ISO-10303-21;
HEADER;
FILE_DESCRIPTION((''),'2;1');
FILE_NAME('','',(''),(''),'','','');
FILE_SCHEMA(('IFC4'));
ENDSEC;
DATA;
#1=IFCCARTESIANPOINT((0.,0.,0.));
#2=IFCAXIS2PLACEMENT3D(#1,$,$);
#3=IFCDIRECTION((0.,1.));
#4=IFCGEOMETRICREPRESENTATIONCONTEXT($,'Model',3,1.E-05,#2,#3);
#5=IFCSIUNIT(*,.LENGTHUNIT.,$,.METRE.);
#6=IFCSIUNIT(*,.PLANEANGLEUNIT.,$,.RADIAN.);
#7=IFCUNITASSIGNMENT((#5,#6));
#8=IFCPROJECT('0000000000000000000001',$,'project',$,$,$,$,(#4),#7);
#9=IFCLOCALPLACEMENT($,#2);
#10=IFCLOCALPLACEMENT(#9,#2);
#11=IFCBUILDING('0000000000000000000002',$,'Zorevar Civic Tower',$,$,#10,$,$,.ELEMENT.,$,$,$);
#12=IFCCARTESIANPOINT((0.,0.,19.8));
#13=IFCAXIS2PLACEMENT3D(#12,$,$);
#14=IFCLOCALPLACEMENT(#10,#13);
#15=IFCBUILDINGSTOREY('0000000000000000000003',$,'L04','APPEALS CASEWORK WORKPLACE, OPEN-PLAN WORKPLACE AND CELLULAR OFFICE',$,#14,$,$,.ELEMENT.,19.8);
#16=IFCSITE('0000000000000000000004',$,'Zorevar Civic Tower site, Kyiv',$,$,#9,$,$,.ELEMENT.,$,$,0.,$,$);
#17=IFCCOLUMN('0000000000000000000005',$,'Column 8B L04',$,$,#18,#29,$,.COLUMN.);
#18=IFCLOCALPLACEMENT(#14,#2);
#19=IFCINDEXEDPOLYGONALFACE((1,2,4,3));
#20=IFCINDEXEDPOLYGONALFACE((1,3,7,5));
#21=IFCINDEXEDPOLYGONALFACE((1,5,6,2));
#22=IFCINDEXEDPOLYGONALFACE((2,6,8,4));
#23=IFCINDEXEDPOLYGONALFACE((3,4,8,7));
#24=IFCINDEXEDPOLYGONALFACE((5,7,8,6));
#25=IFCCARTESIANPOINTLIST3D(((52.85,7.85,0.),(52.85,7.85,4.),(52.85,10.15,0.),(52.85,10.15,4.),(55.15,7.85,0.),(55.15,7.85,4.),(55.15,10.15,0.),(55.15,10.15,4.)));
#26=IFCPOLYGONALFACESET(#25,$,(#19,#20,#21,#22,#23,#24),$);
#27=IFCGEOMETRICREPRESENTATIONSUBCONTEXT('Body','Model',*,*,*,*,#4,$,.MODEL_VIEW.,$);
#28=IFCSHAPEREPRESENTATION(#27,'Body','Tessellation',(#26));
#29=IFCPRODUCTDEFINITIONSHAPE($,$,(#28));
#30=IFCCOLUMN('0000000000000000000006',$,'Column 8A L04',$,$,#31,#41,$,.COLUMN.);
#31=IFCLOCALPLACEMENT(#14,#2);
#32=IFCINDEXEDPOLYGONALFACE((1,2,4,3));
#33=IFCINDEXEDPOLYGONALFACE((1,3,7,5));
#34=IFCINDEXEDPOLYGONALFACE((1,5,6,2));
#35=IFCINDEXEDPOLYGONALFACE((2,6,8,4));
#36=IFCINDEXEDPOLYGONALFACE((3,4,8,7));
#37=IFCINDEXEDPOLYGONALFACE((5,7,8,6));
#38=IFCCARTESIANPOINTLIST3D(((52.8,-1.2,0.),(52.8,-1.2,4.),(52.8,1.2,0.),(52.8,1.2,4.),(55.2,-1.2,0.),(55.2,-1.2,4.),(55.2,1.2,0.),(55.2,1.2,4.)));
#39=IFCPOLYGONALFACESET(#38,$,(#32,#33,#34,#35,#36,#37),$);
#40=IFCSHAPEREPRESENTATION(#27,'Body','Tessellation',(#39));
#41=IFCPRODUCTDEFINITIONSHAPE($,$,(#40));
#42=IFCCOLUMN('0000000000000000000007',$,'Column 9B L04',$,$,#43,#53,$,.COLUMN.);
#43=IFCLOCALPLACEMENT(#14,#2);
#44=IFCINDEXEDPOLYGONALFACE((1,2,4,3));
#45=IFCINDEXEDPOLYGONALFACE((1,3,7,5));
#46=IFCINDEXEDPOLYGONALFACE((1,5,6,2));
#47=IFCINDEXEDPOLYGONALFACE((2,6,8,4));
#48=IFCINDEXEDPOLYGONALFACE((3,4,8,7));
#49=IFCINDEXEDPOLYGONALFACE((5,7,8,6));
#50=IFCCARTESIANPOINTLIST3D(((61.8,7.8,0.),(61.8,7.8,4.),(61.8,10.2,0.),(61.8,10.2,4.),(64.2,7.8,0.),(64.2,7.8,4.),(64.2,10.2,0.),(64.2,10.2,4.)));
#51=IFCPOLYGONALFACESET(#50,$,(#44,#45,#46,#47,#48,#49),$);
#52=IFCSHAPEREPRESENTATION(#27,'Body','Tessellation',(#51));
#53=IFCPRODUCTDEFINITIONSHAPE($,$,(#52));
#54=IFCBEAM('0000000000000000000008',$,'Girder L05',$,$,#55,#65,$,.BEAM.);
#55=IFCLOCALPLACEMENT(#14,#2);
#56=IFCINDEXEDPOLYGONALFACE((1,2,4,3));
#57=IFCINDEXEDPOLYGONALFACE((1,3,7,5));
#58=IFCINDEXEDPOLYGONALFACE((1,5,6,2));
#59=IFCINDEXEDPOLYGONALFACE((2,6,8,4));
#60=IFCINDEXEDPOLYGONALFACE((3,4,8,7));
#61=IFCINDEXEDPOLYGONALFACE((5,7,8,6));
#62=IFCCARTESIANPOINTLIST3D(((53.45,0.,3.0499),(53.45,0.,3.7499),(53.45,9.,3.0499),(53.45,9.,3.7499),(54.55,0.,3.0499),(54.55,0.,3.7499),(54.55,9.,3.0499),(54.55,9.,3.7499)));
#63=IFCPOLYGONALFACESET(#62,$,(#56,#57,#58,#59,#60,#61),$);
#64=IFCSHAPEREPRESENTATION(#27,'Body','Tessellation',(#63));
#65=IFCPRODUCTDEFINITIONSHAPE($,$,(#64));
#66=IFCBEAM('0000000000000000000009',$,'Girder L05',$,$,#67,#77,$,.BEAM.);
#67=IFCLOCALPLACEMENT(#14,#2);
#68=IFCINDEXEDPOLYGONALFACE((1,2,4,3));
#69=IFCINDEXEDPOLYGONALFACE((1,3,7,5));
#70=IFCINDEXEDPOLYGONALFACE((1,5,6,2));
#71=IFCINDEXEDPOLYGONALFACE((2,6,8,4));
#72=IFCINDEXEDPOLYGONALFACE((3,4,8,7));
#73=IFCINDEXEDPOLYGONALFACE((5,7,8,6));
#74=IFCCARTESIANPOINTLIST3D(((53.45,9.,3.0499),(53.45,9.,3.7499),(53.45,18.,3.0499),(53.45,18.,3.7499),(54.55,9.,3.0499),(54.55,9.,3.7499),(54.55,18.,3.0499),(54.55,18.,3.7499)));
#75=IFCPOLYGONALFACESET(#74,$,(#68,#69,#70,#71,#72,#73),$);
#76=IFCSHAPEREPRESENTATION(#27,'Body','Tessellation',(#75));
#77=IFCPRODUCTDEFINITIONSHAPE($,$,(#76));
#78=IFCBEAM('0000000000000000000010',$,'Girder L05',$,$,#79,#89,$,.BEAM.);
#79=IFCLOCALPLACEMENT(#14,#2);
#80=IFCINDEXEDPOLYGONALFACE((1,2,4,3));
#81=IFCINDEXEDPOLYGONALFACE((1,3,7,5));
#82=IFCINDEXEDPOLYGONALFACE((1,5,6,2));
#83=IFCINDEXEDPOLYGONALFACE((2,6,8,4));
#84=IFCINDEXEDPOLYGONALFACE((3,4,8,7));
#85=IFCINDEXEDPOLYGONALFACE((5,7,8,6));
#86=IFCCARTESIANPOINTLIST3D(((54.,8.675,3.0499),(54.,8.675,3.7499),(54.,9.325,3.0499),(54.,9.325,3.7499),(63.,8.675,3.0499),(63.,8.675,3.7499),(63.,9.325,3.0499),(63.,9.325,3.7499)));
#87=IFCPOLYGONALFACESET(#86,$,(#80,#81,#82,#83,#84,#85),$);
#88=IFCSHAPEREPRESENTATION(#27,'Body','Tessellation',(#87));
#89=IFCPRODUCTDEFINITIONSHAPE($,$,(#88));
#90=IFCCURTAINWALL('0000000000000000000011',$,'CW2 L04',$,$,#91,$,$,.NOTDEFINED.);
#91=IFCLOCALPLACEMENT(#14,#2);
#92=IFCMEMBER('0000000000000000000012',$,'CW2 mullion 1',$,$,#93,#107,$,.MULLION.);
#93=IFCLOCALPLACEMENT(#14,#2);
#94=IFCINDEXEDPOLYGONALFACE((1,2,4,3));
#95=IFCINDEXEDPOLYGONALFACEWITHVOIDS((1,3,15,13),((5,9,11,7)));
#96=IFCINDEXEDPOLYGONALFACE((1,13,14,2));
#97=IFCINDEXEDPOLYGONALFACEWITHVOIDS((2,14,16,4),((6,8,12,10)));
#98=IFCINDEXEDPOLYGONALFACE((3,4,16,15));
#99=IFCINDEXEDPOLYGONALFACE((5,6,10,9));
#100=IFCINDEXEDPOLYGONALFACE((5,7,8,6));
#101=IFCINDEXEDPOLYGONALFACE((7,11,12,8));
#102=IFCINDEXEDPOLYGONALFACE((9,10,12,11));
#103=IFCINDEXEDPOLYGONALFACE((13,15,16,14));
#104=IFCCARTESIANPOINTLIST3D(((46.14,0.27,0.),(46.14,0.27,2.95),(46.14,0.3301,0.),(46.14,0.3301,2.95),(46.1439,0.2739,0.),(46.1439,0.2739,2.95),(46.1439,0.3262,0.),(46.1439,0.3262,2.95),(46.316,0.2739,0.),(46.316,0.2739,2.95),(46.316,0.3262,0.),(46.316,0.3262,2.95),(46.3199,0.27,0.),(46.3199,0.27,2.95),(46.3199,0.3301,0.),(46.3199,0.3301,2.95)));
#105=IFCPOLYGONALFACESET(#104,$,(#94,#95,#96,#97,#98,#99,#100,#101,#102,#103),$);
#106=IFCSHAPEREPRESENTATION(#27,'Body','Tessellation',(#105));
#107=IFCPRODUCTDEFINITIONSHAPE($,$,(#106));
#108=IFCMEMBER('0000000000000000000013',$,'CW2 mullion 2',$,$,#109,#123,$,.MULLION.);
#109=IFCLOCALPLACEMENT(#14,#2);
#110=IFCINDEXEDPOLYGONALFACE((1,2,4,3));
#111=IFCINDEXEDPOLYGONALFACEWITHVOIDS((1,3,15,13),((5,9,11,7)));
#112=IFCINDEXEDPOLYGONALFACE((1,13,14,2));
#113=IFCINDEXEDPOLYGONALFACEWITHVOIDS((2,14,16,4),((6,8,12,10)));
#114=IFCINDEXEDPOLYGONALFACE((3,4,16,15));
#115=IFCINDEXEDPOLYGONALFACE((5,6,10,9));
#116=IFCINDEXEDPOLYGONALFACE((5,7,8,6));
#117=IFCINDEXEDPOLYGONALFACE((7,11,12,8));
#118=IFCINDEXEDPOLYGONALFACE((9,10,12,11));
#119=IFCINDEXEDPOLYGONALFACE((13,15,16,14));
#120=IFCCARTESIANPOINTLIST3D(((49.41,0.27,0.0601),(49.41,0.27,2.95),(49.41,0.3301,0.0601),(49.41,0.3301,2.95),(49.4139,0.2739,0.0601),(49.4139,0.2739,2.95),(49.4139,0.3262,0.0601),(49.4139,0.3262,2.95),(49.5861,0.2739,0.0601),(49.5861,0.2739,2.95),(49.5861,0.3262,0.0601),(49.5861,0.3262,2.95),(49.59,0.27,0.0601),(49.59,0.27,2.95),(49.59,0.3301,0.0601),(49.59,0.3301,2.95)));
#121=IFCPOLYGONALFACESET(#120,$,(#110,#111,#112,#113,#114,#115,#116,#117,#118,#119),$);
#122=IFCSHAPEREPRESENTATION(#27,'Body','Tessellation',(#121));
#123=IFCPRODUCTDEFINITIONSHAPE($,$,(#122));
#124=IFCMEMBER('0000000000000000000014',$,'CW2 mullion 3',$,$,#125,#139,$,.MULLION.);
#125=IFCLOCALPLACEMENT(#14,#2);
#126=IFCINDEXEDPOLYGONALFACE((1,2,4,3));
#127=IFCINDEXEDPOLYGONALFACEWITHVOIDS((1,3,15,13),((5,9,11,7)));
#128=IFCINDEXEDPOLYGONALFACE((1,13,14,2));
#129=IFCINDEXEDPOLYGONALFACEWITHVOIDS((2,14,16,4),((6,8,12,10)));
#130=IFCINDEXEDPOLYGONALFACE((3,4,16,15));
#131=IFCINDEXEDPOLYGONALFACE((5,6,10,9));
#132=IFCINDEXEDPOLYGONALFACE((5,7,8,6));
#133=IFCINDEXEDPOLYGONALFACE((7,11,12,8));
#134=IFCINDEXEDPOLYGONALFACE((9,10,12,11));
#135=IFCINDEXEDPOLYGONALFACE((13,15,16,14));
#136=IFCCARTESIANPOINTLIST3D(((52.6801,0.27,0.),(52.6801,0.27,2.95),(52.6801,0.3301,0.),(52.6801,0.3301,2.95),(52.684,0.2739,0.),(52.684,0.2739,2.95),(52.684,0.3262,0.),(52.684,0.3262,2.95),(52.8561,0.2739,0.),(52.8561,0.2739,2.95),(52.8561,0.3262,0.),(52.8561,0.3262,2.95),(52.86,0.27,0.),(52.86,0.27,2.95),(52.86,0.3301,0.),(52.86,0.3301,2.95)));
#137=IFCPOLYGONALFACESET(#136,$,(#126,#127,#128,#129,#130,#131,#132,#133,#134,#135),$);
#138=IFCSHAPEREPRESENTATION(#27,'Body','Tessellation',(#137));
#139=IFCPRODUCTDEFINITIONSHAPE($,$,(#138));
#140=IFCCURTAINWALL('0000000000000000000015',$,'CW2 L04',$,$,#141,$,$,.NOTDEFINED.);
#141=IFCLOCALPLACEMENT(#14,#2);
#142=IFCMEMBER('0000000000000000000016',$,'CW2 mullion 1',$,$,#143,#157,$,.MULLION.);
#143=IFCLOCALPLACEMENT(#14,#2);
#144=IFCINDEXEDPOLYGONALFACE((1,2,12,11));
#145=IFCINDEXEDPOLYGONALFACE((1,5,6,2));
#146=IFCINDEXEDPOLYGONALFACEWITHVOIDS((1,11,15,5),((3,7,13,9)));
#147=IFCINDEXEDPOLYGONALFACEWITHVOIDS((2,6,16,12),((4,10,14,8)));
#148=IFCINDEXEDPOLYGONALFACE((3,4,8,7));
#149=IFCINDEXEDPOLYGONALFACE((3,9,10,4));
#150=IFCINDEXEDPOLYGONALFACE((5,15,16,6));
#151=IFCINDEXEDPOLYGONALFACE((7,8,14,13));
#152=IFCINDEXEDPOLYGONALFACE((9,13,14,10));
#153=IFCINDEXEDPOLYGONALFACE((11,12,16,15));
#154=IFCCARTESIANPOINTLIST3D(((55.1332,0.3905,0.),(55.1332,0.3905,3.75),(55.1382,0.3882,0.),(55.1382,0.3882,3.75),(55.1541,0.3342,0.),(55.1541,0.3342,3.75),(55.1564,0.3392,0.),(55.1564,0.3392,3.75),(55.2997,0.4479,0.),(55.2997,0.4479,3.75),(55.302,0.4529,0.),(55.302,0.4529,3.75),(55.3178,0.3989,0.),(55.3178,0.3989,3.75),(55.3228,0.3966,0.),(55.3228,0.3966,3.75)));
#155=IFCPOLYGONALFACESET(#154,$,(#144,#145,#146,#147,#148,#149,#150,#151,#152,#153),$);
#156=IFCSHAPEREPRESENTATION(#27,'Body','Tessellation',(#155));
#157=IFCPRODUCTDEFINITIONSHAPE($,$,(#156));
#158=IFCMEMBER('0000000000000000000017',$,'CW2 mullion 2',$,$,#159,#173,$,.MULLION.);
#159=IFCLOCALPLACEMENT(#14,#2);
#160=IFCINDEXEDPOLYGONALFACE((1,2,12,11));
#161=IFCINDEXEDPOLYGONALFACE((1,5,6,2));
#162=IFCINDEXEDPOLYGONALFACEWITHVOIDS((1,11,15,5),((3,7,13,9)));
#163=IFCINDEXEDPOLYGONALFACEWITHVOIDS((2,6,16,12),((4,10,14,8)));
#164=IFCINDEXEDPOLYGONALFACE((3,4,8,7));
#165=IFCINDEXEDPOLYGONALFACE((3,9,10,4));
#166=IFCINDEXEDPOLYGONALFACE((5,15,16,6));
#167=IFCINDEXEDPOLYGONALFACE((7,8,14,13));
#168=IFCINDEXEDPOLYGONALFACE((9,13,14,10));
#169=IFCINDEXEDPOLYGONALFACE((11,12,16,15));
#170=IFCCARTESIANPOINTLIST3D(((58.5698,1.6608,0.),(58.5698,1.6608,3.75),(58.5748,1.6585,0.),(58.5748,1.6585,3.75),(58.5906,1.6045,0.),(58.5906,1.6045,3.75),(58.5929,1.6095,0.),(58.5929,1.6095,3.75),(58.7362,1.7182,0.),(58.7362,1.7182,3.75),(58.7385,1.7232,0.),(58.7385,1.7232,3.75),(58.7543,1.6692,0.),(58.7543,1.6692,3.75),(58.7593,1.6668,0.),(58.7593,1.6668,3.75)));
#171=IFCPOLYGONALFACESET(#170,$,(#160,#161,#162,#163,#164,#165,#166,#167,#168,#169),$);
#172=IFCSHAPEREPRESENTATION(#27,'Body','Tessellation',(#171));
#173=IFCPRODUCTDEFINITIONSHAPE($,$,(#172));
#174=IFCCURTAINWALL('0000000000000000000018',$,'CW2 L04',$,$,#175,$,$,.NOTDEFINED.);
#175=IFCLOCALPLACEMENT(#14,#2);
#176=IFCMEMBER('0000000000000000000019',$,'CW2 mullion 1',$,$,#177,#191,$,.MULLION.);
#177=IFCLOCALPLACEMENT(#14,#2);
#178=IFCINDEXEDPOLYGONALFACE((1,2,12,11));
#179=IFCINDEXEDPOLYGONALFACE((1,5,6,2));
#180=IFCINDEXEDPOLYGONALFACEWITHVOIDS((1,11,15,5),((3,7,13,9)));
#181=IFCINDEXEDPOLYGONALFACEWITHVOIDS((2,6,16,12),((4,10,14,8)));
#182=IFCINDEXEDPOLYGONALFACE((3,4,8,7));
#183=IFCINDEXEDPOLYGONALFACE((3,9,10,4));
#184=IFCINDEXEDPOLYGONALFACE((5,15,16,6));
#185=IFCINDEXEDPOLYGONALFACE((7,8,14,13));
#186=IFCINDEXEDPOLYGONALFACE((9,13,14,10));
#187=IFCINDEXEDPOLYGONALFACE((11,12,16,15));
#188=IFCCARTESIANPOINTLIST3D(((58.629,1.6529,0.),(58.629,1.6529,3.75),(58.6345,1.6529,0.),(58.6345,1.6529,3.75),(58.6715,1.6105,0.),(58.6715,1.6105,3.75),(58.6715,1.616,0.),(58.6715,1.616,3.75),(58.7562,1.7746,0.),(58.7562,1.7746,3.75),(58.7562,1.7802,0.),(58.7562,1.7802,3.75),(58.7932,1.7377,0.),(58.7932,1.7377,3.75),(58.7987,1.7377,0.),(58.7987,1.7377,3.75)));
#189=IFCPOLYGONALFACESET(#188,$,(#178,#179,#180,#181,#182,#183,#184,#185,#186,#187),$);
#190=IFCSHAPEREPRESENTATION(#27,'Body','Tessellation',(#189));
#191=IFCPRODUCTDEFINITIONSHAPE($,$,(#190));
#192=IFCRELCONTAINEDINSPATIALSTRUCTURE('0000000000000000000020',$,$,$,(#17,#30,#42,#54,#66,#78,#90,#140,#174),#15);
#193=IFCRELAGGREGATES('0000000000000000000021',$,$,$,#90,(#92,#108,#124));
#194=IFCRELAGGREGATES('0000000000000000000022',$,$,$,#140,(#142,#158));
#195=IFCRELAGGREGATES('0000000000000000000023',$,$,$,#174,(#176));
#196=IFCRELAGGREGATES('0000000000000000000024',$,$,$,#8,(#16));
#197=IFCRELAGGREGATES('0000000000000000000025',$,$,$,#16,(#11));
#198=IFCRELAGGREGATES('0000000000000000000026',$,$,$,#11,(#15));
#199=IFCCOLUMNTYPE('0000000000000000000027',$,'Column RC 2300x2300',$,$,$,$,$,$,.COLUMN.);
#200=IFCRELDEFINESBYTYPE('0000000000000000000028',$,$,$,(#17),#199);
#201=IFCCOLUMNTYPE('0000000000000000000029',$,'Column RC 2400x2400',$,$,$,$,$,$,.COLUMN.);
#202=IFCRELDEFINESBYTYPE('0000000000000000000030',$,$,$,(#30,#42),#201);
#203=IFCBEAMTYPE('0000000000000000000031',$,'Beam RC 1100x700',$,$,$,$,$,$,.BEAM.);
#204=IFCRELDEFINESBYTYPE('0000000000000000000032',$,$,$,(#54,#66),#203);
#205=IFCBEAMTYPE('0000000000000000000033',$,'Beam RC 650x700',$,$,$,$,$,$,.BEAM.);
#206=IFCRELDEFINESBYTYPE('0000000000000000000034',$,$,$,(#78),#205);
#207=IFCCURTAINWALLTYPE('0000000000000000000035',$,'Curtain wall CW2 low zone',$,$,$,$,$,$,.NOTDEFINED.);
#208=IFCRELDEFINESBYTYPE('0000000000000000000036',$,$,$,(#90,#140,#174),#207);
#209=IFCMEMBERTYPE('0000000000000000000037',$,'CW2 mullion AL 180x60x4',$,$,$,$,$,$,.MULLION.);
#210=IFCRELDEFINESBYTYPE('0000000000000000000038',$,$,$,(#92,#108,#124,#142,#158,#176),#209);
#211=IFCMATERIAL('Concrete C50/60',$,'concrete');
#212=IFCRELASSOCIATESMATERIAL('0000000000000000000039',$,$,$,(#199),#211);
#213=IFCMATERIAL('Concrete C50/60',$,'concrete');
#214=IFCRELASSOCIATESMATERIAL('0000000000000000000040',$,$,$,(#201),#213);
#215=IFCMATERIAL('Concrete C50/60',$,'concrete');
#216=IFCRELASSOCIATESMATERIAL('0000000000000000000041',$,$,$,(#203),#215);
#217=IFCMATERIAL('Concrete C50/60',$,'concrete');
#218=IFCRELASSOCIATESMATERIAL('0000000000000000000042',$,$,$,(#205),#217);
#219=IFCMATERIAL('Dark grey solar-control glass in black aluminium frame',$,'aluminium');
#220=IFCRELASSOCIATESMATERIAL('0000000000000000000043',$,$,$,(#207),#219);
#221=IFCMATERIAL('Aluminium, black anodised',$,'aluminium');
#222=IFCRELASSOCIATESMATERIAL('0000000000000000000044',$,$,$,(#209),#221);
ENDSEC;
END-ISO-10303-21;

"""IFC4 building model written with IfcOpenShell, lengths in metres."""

from ifc_helpers import new_model, si_unit, direction, frame, origin, origin_2d, place, context, subcontext, project, spatial, rectangle, hollow_rectangle, extrude, material, material_profile, profile_set, type_object, element, aggregate, save


model = new_model("IFC4")

# Units and contexts
model_context = context("Model", 3, precision=1e-05, world=origin(), true_north=direction((0.0, 1.0)))
body_context = subcontext(model_context, "Body", "Model", "MODEL_VIEW")
ifc_project = project(units=[si_unit("LENGTHUNIT", "METRE"), si_unit("PLANEANGLEUNIT", "RADIAN")], contexts=[model_context])

# Site, building, storey
site_placement = place(None, origin())
site = spatial("IfcSite", under=ifc_project, at=site_placement, Name="Zorevar Civic Tower site, Kyiv", CompositionType="ELEMENT", RefElevation=0.0)
building_placement = place(site_placement, origin())
building = spatial("IfcBuilding", under=site, at=building_placement, Name="Zorevar Civic Tower", CompositionType="ELEMENT")
storey_placement = place(building_placement, frame((0.0, 0.0, 19.8)))
storey = spatial("IfcBuildingStorey", under=building, at=storey_placement, Name="L04", Description="APPEALS CASEWORK WORKPLACE, OPEN-PLAN WORKPLACE AND CELLULAR OFFICE", CompositionType="ELEMENT", Elevation=19.8)

# Columns
ifc_material_1 = material(Name="Concrete C50/60", Category="concrete")
ifc_material_profile_1 = material_profile(ifc_material_1, rectangle(XDim=2.3, YDim=2.3, at=origin_2d()), Name="RC 2300x2300")
ifc_profile_set_1 = profile_set([ifc_material_profile_1], Name="Concrete C50/60")
column_type_1 = type_object("IfcColumnType", Name="Column RC 2300x2300", PredefinedType="COLUMN", material=ifc_profile_set_1)
column_placement = place(storey_placement, frame((54.0, 9.0, 0.0), z_axis=(0.0, 0.0, 1.0), x_axis=(1.0, 0.0, 0.0)))
element("IfcColumn", 1, at=column_placement, inside=storey, type_object=column_type_1, Name="Column 8B L04", PredefinedType="COLUMN", context=body_context, shape_type="SweptSolid", body=[
    extrude(rectangle(XDim=2.3, YDim=2.3, at=origin_2d()), origin(), (0.0, 0.0, 1.0), 4.0),
])
ifc_material_2 = material(Name="Concrete C50/60", Category="concrete")
ifc_material_profile_2 = material_profile(ifc_material_2, rectangle(XDim=2.3999, YDim=2.3999, at=origin_2d()), Name="RC 2400x2400")
ifc_profile_set_2 = profile_set([ifc_material_profile_2], Name="Concrete C50/60")
column_type_2 = type_object("IfcColumnType", Name="Column RC 2400x2400", PredefinedType="COLUMN", material=ifc_profile_set_2)
for number, where, z_axis, x_axis, name in (
    (2, (54.0, 0.0, 0.0), (0.0, 0.0, 1.0), (1.0, 0.0, 0.0), "Column 8A L04"),
    (3, (63.0, 9.0, 0.0), (0.0, 0.0, 1.0), (1.0, 0.0, 0.0), "Column 9B L04"),
):
    element("IfcColumn", number, at=place(storey_placement, frame(where, z_axis=z_axis, x_axis=x_axis)), inside=storey, type_object=column_type_2, Name=name, PredefinedType="COLUMN", context=body_context, shape_type="SweptSolid", body=[
        extrude(rectangle(XDim=2.3999, YDim=2.3999, at=origin_2d()), origin(), (0.0, 0.0, 1.0), 4.0),
    ])

# Beams
ifc_material_3 = material(Name="Concrete C50/60", Category="concrete")
ifc_material_profile_3 = material_profile(ifc_material_3, rectangle(XDim=1.1001, YDim=0.7, at=origin_2d()), Name="RC 1100x700")
ifc_profile_set_3 = profile_set([ifc_material_profile_3], Name="Concrete C50/60")
beam_type_1 = type_object("IfcBeamType", Name="Beam RC 1100x700", PredefinedType="BEAM", material=ifc_profile_set_3)
for number, where, z_axis, x_axis, name in (
    (4, (54.0, 0.0, 3.3999), (0.0, 1.0, 0.0), (-1.0, 0.0, 0.0), "Girder L05"),
    (5, (54.0, 9.0, 3.3999), (0.0, 1.0, 0.0), (-1.0, 0.0, 0.0), "Girder L05"),
):
    element("IfcBeam", number, at=place(storey_placement, frame(where, z_axis=z_axis, x_axis=x_axis)), inside=storey, type_object=beam_type_1, Name=name, PredefinedType="BEAM", context=body_context, shape_type="SweptSolid", body=[
        extrude(rectangle(XDim=1.1001, YDim=0.7, at=origin_2d()), origin(), (0.0, 0.0, 1.0), 9.0),
    ])
ifc_material_4 = material(Name="Concrete C50/60", Category="concrete")
ifc_material_profile_4 = material_profile(ifc_material_4, rectangle(XDim=0.6499, YDim=0.7, at=origin_2d()), Name="RC 650x700")
ifc_profile_set_4 = profile_set([ifc_material_profile_4], Name="Concrete C50/60")
beam_type_2 = type_object("IfcBeamType", Name="Beam RC 650x700", PredefinedType="BEAM", material=ifc_profile_set_4)
beam_1_placement = place(storey_placement, frame((54.0, 9.0, 3.3999), z_axis=(1.0, 0.0, 0.0), x_axis=(0.0, 1.0, 0.0)))
element("IfcBeam", 6, at=beam_1_placement, inside=storey, type_object=beam_type_2, Name="Girder L05", PredefinedType="BEAM", context=body_context, shape_type="SweptSolid", body=[
    extrude(rectangle(XDim=0.6499, YDim=0.7, at=origin_2d()), origin(), (0.0, 0.0, 1.0), 9.0),
])

# Curtain walls, members
ifc_material_5 = material(Name="Dark grey solar-control glass in black aluminium frame", Category="aluminium")
curtain_wall_type = type_object("IfcCurtainWallType", Name="Curtain wall CW2 low zone", PredefinedType="NOTDEFINED", material=ifc_material_5)
curtain_wall_1_placement = place(storey_placement, origin())
curtain_wall_1 = element("IfcCurtainWall", 7, at=curtain_wall_1_placement, inside=storey, type_object=curtain_wall_type, Name="CW2 L04", PredefinedType="NOTDEFINED")
ifc_material_6 = material(Name="Aluminium, black anodised", Category="aluminium")
ifc_material_profile_5 = material_profile(ifc_material_6, hollow_rectangle(XDim=0.0601, YDim=0.1799, WallThickness=0.0039, at=origin_2d()), Name="AL 180x60x4")
ifc_profile_set_5 = profile_set([ifc_material_profile_5], Name="Aluminium, black anodised")
member_type_1 = type_object("IfcMemberType", Name="CW2 mullion AL 180x60x4", PredefinedType="MULLION", material=ifc_profile_set_5)
member_1_placement = place(storey_placement, frame((46.23, 0.3, 0.0), z_axis=(0.0, 0.0, 1.0), x_axis=(0.0, 1.0, 0.0)))
member_1 = element("IfcMember", 8, at=member_1_placement, type_object=member_type_1, Name="CW2 mullion 1", PredefinedType="MULLION", context=body_context, shape_type="SweptSolid", body=[
    extrude(hollow_rectangle(XDim=0.0601, YDim=0.1799, WallThickness=0.0039, at=origin_2d()), origin(), (0.0, 0.0, 1.0), 2.95),
])
member_2_placement = place(storey_placement, frame((49.5, 0.3, 0.0601), z_axis=(0.0, 0.0, 1.0), x_axis=(0.0, 1.0, 0.0)))
member_2 = element("IfcMember", 9, at=member_2_placement, type_object=member_type_1, Name="CW2 mullion 2", PredefinedType="MULLION", context=body_context, shape_type="SweptSolid", body=[
    extrude(hollow_rectangle(XDim=0.0601, YDim=0.1799, WallThickness=0.0039, at=origin_2d()), origin(), (0.0, 0.0, 1.0), 2.8899),
])
member_3_placement = place(storey_placement, frame((52.77, 0.3, 0.0), z_axis=(0.0, 0.0, 1.0), x_axis=(0.0, 1.0, 0.0)))
member_3 = element("IfcMember", 10, at=member_3_placement, type_object=member_type_1, Name="CW2 mullion 3", PredefinedType="MULLION", context=body_context, shape_type="SweptSolid", body=[
    extrude(hollow_rectangle(XDim=0.0601, YDim=0.1799, WallThickness=0.0039, at=origin_2d()), origin(), (0.0, 0.0, 1.0), 2.95),
])
curtain_wall_2_placement = place(storey_placement, origin())
curtain_wall_2 = element("IfcCurtainWall", 11, at=curtain_wall_2_placement, inside=storey, type_object=curtain_wall_type, Name="CW2 L04", PredefinedType="NOTDEFINED")
member_4_placement = place(storey_placement, frame((55.228, 0.3936, 0.0), z_axis=(0.0, 0.0, 1.0), x_axis=(-0.346704, 0.937975, 0.0)))
member_4 = element("IfcMember", 12, at=member_4_placement, type_object=member_type_1, Name="CW2 mullion 1", PredefinedType="MULLION", context=body_context, shape_type="SweptSolid", body=[
    extrude(hollow_rectangle(XDim=0.0601, YDim=0.1799, WallThickness=0.0039, at=origin_2d()), origin(), (0.0, 0.0, 1.0), 3.75),
])
member_5_placement = place(storey_placement, frame((58.6646, 1.6638, 0.0), z_axis=(0.0, 0.0, 1.0), x_axis=(-0.346704, 0.937975, 0.0)))
member_5 = element("IfcMember", 13, at=member_5_placement, type_object=member_type_1, Name="CW2 mullion 2", PredefinedType="MULLION", context=body_context, shape_type="SweptSolid", body=[
    extrude(hollow_rectangle(XDim=0.0601, YDim=0.1799, WallThickness=0.0039, at=origin_2d()), origin(), (0.0, 0.0, 1.0), 3.75),
])
curtain_wall_3_placement = place(storey_placement, origin())
curtain_wall_3 = element("IfcCurtainWall", 14, at=curtain_wall_3_placement, inside=storey, type_object=curtain_wall_type, Name="CW2 L04", PredefinedType="NOTDEFINED")
member_6_placement = place(storey_placement, frame((58.7139, 1.6953, 0.0), z_axis=(0.0, 0.0, 1.0), x_axis=(-0.707107, 0.707107, 0.0)))
member_6 = element("IfcMember", 15, at=member_6_placement, type_object=member_type_1, Name="CW2 mullion 1", PredefinedType="MULLION", context=body_context, shape_type="SweptSolid", body=[
    extrude(hollow_rectangle(XDim=0.0601, YDim=0.1799, WallThickness=0.0039, at=origin_2d()), origin(), (0.0, 0.0, 1.0), 3.75),
])

aggregate(curtain_wall_1, [member_1, member_2, member_3])
aggregate(curtain_wall_2, [member_4, member_5])
aggregate(curtain_wall_3, [member_6])

save(model, "model.ifc")
